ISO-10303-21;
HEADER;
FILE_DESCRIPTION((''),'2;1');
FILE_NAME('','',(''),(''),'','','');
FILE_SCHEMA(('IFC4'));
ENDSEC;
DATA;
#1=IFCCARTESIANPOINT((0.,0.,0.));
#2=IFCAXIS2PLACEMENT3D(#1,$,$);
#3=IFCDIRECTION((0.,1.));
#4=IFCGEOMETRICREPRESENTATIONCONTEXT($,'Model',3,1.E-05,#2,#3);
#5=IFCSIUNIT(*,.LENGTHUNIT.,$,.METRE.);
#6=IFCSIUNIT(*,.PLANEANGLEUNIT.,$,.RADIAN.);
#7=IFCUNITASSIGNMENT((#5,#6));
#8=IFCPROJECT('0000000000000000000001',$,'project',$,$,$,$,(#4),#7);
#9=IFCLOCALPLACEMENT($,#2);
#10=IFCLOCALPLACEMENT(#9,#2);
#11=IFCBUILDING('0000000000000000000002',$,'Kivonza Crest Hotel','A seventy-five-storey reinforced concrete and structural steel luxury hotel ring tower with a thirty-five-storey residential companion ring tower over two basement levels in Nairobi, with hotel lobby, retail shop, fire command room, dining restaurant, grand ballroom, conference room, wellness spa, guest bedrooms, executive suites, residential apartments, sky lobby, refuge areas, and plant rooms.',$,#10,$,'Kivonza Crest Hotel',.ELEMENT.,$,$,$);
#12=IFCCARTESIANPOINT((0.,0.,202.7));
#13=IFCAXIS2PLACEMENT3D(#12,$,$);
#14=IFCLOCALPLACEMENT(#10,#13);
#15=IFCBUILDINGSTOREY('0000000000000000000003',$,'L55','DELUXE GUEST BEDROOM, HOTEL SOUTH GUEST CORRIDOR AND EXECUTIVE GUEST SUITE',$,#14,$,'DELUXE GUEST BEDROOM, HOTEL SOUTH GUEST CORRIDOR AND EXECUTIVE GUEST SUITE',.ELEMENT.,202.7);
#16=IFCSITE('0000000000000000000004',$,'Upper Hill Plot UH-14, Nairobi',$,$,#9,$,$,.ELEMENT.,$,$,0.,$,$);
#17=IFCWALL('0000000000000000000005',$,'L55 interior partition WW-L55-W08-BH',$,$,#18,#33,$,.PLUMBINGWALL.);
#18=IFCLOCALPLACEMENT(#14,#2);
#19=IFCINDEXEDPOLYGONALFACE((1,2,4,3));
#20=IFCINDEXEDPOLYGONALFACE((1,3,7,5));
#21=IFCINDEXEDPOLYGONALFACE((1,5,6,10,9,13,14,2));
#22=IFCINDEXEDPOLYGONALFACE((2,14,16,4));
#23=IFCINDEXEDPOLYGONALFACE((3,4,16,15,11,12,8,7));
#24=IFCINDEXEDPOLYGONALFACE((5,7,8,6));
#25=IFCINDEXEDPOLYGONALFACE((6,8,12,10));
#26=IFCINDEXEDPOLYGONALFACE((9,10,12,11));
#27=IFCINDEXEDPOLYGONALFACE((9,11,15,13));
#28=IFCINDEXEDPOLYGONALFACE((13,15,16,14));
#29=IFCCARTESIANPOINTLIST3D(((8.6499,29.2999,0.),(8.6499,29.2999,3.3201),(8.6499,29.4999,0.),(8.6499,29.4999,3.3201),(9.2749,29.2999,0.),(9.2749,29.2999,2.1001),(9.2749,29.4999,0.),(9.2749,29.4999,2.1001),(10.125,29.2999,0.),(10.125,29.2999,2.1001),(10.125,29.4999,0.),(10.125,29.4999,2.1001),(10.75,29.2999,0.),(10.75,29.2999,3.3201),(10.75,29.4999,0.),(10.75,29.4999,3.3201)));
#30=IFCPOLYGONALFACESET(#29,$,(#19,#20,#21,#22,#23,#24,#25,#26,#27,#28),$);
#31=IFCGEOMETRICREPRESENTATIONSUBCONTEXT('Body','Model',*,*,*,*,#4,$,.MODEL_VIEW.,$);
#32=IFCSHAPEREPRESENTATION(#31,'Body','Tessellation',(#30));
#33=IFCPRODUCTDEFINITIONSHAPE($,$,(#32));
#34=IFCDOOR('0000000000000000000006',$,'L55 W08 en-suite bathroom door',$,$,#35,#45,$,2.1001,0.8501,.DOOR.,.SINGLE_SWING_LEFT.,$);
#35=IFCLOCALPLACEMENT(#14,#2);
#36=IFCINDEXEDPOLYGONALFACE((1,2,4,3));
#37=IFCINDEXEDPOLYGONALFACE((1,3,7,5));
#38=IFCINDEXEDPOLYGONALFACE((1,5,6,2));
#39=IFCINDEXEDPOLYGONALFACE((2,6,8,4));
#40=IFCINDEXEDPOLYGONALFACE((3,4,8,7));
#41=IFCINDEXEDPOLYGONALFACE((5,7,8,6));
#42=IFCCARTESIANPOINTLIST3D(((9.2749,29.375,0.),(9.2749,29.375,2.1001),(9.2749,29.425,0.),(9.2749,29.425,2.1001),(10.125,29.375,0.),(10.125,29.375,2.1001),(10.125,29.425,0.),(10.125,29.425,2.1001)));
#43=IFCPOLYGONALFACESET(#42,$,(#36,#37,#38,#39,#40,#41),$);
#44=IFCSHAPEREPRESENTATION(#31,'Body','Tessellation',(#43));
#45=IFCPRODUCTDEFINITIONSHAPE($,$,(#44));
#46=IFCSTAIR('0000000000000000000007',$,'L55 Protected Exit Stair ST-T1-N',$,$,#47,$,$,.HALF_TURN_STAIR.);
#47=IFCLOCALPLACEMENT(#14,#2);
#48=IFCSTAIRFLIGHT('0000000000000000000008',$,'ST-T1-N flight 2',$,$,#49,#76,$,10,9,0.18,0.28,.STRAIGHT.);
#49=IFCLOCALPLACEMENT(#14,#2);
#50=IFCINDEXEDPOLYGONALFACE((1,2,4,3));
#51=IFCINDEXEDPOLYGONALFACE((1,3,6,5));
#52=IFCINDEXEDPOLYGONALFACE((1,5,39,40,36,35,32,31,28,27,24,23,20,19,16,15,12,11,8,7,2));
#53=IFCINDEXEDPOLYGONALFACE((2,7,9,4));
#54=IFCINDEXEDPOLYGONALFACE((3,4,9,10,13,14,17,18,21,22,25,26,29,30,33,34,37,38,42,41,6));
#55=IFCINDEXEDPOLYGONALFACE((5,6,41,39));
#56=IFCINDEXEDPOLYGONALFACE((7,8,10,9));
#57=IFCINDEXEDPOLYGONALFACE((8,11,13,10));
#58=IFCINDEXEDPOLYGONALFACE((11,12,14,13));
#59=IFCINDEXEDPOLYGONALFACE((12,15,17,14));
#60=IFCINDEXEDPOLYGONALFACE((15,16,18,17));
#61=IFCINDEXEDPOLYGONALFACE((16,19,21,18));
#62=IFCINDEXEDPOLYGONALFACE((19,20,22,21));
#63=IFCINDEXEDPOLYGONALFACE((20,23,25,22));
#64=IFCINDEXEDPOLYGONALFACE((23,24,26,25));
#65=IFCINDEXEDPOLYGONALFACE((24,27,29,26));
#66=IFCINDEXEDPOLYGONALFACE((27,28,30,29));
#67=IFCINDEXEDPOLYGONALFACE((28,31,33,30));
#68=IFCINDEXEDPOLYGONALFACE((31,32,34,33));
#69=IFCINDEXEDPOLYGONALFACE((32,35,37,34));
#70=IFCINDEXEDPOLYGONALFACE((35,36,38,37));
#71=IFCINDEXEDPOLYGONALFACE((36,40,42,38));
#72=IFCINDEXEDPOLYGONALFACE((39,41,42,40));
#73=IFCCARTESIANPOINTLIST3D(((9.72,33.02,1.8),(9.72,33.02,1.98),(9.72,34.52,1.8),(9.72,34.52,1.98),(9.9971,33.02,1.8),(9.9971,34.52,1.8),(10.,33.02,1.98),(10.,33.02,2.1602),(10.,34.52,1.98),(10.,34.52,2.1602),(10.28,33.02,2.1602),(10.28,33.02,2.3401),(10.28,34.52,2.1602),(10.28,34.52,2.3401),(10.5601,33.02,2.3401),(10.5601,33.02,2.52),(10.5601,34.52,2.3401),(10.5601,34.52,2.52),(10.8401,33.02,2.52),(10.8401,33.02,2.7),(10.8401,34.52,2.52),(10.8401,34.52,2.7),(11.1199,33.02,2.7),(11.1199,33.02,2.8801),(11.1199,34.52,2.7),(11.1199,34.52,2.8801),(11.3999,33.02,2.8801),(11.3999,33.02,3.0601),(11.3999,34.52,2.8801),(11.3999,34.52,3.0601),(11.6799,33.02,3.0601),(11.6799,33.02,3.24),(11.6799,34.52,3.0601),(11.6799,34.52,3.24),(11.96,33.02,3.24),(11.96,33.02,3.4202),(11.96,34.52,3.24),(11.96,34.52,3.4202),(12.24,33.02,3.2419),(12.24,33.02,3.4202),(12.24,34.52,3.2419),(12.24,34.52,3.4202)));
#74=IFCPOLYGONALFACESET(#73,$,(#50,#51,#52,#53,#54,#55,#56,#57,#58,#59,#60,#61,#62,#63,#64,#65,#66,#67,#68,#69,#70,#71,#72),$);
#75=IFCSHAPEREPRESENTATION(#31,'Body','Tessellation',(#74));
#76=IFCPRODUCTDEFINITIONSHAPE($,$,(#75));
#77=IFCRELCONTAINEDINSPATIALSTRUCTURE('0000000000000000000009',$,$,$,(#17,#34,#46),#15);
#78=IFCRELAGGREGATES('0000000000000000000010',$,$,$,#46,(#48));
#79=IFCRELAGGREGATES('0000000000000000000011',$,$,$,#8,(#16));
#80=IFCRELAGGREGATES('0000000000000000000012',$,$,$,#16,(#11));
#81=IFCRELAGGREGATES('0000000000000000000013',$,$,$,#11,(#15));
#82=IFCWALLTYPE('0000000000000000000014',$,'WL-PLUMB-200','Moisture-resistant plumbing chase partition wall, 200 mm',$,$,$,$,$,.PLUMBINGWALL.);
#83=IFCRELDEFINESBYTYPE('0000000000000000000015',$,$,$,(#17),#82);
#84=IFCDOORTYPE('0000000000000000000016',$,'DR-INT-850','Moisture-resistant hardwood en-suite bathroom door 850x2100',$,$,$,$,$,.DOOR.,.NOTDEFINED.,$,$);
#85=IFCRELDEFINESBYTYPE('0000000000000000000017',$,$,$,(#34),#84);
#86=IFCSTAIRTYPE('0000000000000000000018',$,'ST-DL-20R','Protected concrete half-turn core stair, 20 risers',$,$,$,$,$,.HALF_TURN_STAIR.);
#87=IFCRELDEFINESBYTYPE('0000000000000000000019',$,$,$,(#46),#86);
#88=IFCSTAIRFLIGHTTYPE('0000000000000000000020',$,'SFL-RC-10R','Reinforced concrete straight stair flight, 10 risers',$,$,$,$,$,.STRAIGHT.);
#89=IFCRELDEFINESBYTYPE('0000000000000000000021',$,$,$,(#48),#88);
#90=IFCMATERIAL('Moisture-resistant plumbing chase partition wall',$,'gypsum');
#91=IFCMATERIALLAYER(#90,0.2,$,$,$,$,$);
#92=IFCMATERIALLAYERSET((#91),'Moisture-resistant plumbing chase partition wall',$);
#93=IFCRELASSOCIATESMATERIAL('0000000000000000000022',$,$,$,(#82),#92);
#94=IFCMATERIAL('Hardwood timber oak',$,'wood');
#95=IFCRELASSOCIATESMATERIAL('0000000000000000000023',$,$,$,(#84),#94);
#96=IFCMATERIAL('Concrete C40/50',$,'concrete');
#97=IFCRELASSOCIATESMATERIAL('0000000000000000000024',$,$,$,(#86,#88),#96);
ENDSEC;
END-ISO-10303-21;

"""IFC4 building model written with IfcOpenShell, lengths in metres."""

from ifc_helpers import new_model, si_unit, direction, frame, frame_2d, origin, place, context, subcontext, project, spatial, polyline, rectangle, outline, extrude, material, layer, layer_set, type_object, element, fill, aggregate, save


model = new_model("IFC4")

# Units and contexts
model_context = context("Model", 3, precision=1e-05, world=origin(), true_north=direction((0.0, 1.0)))
body_context = subcontext(model_context, "Body", "Model", "MODEL_VIEW")
ifc_project = project(units=[si_unit("LENGTHUNIT", "METRE"), si_unit("PLANEANGLEUNIT", "RADIAN")], contexts=[model_context])

# Site, building, storey
site_placement = place(None, origin())
site = spatial("IfcSite", under=ifc_project, at=site_placement, Name="Upper Hill Plot UH-14, Nairobi", CompositionType="ELEMENT", RefElevation=0.0)
building_placement = place(site_placement, origin())
building = spatial("IfcBuilding", under=site, at=building_placement, Name="Kivonza Crest Hotel", Description="A seventy-five-storey reinforced concrete and structural steel luxury hotel ring tower with a thirty-five-storey residential companion ring tower over two basement levels in Nairobi, with hotel lobby, retail shop, fire command room, dining restaurant, grand ballroom, conference room, wellness spa, guest bedrooms, executive suites, residential apartments, sky lobby, refuge areas, and plant rooms.", LongName="Kivonza Crest Hotel", CompositionType="ELEMENT")
storey_placement = place(building_placement, frame((0.0, 0.0, 202.7)))
storey = spatial("IfcBuildingStorey", under=building, at=storey_placement, Name="L55", Description="DELUXE GUEST BEDROOM, HOTEL SOUTH GUEST CORRIDOR AND EXECUTIVE GUEST SUITE", LongName="DELUXE GUEST BEDROOM, HOTEL SOUTH GUEST CORRIDOR AND EXECUTIVE GUEST SUITE", CompositionType="ELEMENT", Elevation=202.7)

# Shared definitions
ifc_material_1 = material(Name="Hardwood timber oak", Category="wood")

# Wall, opening, door
ifc_material_2 = material(Name="Moisture-resistant plumbing chase partition wall", Category="gypsum")
ifc_layer_1 = layer(ifc_material_2, 0.2)
ifc_layer_set_1 = layer_set([ifc_layer_1], Name="Moisture-resistant plumbing chase partition wall")
wall_type_1 = type_object("IfcWallType", Name="WL-PLUMB-200", Description="Moisture-resistant plumbing chase partition wall, 200 mm", PredefinedType="PLUMBINGWALL", material=ifc_layer_set_1)
wall_1_placement = place(storey_placement, frame((8.6499, 29.3999, 0.0), z_axis=(0.0, 0.0, 1.0), x_axis=(1.0, 0.0, 0.0)))
wall_1 = element("IfcWall", 1, at=wall_1_placement, inside=storey, type_object=wall_type_1, Name="L55 interior partition WW-L55-W08-BH", PredefinedType="PLUMBINGWALL", context=body_context, shape_type="SweptSolid", body=[
    extrude(rectangle(XDim=2.1001, YDim=0.2, at=frame_2d((1.05, 0.0))), origin(), (0.0, 0.0, 1.0), 3.3201),
])
opening_1_placement = place(wall_1_placement, frame((0.625, 0.0, 0.0)))
opening_1 = element("IfcOpeningElement", 2, at=opening_1_placement, cuts=wall_1, PredefinedType="OPENING", context=body_context, shape_type="SweptSolid", body=[
    extrude(rectangle(XDim=0.8501, YDim=2.1001, at=frame_2d((0.425, 1.05))), frame((0.0, 0.1099, 0.0), z_axis=(0.0, -1.0, 0.0), x_axis=(1.0, 0.0, 0.0)), (0.0, 0.0, 1.0), 0.22),
])
door_type_1 = type_object("IfcDoorType", Name="DR-INT-850", Description="Moisture-resistant hardwood en-suite bathroom door 850x2100", OperationType="NOTDEFINED", PredefinedType="DOOR", material=ifc_material_1)
door_1_placement = place(opening_1_placement, frame((0.8501, 0.0, 0.0), z_axis=(0.0, 0.0, 1.0), x_axis=(-1.0, 0.0, 0.0)))
door_1 = element("IfcDoor", 3, at=door_1_placement, inside=storey, type_object=door_type_1, Name="L55 W08 en-suite bathroom door", OperationType="SINGLE_SWING_LEFT", OverallHeight=2.1001, OverallWidth=0.8501, PredefinedType="DOOR", context=body_context, shape_type="SweptSolid", body=[
    extrude(rectangle(XDim=0.8501, YDim=2.1001, at=frame_2d((0.425, 1.05))), frame((0.0, 0.0249, 0.0), z_axis=(0.0, -1.0, 0.0), x_axis=(1.0, 0.0, 0.0)), (0.0, 0.0, 1.0), 0.05),
])
fill(opening_1, door_1)

# Stair, stair flight
ifc_material_3 = material(Name="Concrete C40/50", Category="concrete")
stair_type = type_object("IfcStairType", Name="ST-DL-20R", Description="Protected concrete half-turn core stair, 20 risers", PredefinedType="HALF_TURN_STAIR", material=ifc_material_3)
stair_placement = place(storey_placement, origin())
stair = element("IfcStair", 4, at=stair_placement, inside=storey, type_object=stair_type, Name="L55 Protected Exit Stair ST-T1-N", PredefinedType="HALF_TURN_STAIR")
stair_flight_type = type_object("IfcStairFlightType", Name="SFL-RC-10R", Description="Reinforced concrete straight stair flight, 10 risers", PredefinedType="STRAIGHT", material=ifc_material_3)
stair_flight_placement = place(storey_placement, frame((9.72, 33.77, 1.8), z_axis=(0.0, 0.0, 1.0), x_axis=(1.0, 0.0, 0.0)))
stair_flight = element("IfcStairFlight", 5, at=stair_flight_placement, type_object=stair_flight_type, Name="ST-T1-N flight 2", NumberOfRisers=10, NumberOfTreads=9, PredefinedType="STRAIGHT", RiserHeight=0.18, TreadLength=0.28, context=body_context, shape_type="SweptSolid", body=[
    extrude(outline(polyline([(0.0, 0.0), (0.0, 0.1799), (0.28, 0.1799), (0.28, 0.3601), (0.5601, 0.3601), (0.5601, 0.54), (0.8401, 0.54), (0.8401, 0.72), (1.1201, 0.72), (1.1201, 0.8999), (1.3999, 0.8999), (1.3999, 1.0801), (1.6799, 1.0801), (1.6799, 1.26), (1.96, 1.26), (1.96, 1.4399), (2.24, 1.4399), (2.24, 1.6201), (2.52, 1.6201), (2.52, 1.8), (2.52, 1.4419), (0.2771, 0.0), (0.0, 0.0)])), frame((0.0, 0.75, 0.0), z_axis=(0.0, -1.0, 0.0), x_axis=(1.0, 0.0, 0.0)), (0.0, 0.0, 1.0), 1.5),
])
aggregate(stair, [stair_flight])

save(model, "model.ifc")
